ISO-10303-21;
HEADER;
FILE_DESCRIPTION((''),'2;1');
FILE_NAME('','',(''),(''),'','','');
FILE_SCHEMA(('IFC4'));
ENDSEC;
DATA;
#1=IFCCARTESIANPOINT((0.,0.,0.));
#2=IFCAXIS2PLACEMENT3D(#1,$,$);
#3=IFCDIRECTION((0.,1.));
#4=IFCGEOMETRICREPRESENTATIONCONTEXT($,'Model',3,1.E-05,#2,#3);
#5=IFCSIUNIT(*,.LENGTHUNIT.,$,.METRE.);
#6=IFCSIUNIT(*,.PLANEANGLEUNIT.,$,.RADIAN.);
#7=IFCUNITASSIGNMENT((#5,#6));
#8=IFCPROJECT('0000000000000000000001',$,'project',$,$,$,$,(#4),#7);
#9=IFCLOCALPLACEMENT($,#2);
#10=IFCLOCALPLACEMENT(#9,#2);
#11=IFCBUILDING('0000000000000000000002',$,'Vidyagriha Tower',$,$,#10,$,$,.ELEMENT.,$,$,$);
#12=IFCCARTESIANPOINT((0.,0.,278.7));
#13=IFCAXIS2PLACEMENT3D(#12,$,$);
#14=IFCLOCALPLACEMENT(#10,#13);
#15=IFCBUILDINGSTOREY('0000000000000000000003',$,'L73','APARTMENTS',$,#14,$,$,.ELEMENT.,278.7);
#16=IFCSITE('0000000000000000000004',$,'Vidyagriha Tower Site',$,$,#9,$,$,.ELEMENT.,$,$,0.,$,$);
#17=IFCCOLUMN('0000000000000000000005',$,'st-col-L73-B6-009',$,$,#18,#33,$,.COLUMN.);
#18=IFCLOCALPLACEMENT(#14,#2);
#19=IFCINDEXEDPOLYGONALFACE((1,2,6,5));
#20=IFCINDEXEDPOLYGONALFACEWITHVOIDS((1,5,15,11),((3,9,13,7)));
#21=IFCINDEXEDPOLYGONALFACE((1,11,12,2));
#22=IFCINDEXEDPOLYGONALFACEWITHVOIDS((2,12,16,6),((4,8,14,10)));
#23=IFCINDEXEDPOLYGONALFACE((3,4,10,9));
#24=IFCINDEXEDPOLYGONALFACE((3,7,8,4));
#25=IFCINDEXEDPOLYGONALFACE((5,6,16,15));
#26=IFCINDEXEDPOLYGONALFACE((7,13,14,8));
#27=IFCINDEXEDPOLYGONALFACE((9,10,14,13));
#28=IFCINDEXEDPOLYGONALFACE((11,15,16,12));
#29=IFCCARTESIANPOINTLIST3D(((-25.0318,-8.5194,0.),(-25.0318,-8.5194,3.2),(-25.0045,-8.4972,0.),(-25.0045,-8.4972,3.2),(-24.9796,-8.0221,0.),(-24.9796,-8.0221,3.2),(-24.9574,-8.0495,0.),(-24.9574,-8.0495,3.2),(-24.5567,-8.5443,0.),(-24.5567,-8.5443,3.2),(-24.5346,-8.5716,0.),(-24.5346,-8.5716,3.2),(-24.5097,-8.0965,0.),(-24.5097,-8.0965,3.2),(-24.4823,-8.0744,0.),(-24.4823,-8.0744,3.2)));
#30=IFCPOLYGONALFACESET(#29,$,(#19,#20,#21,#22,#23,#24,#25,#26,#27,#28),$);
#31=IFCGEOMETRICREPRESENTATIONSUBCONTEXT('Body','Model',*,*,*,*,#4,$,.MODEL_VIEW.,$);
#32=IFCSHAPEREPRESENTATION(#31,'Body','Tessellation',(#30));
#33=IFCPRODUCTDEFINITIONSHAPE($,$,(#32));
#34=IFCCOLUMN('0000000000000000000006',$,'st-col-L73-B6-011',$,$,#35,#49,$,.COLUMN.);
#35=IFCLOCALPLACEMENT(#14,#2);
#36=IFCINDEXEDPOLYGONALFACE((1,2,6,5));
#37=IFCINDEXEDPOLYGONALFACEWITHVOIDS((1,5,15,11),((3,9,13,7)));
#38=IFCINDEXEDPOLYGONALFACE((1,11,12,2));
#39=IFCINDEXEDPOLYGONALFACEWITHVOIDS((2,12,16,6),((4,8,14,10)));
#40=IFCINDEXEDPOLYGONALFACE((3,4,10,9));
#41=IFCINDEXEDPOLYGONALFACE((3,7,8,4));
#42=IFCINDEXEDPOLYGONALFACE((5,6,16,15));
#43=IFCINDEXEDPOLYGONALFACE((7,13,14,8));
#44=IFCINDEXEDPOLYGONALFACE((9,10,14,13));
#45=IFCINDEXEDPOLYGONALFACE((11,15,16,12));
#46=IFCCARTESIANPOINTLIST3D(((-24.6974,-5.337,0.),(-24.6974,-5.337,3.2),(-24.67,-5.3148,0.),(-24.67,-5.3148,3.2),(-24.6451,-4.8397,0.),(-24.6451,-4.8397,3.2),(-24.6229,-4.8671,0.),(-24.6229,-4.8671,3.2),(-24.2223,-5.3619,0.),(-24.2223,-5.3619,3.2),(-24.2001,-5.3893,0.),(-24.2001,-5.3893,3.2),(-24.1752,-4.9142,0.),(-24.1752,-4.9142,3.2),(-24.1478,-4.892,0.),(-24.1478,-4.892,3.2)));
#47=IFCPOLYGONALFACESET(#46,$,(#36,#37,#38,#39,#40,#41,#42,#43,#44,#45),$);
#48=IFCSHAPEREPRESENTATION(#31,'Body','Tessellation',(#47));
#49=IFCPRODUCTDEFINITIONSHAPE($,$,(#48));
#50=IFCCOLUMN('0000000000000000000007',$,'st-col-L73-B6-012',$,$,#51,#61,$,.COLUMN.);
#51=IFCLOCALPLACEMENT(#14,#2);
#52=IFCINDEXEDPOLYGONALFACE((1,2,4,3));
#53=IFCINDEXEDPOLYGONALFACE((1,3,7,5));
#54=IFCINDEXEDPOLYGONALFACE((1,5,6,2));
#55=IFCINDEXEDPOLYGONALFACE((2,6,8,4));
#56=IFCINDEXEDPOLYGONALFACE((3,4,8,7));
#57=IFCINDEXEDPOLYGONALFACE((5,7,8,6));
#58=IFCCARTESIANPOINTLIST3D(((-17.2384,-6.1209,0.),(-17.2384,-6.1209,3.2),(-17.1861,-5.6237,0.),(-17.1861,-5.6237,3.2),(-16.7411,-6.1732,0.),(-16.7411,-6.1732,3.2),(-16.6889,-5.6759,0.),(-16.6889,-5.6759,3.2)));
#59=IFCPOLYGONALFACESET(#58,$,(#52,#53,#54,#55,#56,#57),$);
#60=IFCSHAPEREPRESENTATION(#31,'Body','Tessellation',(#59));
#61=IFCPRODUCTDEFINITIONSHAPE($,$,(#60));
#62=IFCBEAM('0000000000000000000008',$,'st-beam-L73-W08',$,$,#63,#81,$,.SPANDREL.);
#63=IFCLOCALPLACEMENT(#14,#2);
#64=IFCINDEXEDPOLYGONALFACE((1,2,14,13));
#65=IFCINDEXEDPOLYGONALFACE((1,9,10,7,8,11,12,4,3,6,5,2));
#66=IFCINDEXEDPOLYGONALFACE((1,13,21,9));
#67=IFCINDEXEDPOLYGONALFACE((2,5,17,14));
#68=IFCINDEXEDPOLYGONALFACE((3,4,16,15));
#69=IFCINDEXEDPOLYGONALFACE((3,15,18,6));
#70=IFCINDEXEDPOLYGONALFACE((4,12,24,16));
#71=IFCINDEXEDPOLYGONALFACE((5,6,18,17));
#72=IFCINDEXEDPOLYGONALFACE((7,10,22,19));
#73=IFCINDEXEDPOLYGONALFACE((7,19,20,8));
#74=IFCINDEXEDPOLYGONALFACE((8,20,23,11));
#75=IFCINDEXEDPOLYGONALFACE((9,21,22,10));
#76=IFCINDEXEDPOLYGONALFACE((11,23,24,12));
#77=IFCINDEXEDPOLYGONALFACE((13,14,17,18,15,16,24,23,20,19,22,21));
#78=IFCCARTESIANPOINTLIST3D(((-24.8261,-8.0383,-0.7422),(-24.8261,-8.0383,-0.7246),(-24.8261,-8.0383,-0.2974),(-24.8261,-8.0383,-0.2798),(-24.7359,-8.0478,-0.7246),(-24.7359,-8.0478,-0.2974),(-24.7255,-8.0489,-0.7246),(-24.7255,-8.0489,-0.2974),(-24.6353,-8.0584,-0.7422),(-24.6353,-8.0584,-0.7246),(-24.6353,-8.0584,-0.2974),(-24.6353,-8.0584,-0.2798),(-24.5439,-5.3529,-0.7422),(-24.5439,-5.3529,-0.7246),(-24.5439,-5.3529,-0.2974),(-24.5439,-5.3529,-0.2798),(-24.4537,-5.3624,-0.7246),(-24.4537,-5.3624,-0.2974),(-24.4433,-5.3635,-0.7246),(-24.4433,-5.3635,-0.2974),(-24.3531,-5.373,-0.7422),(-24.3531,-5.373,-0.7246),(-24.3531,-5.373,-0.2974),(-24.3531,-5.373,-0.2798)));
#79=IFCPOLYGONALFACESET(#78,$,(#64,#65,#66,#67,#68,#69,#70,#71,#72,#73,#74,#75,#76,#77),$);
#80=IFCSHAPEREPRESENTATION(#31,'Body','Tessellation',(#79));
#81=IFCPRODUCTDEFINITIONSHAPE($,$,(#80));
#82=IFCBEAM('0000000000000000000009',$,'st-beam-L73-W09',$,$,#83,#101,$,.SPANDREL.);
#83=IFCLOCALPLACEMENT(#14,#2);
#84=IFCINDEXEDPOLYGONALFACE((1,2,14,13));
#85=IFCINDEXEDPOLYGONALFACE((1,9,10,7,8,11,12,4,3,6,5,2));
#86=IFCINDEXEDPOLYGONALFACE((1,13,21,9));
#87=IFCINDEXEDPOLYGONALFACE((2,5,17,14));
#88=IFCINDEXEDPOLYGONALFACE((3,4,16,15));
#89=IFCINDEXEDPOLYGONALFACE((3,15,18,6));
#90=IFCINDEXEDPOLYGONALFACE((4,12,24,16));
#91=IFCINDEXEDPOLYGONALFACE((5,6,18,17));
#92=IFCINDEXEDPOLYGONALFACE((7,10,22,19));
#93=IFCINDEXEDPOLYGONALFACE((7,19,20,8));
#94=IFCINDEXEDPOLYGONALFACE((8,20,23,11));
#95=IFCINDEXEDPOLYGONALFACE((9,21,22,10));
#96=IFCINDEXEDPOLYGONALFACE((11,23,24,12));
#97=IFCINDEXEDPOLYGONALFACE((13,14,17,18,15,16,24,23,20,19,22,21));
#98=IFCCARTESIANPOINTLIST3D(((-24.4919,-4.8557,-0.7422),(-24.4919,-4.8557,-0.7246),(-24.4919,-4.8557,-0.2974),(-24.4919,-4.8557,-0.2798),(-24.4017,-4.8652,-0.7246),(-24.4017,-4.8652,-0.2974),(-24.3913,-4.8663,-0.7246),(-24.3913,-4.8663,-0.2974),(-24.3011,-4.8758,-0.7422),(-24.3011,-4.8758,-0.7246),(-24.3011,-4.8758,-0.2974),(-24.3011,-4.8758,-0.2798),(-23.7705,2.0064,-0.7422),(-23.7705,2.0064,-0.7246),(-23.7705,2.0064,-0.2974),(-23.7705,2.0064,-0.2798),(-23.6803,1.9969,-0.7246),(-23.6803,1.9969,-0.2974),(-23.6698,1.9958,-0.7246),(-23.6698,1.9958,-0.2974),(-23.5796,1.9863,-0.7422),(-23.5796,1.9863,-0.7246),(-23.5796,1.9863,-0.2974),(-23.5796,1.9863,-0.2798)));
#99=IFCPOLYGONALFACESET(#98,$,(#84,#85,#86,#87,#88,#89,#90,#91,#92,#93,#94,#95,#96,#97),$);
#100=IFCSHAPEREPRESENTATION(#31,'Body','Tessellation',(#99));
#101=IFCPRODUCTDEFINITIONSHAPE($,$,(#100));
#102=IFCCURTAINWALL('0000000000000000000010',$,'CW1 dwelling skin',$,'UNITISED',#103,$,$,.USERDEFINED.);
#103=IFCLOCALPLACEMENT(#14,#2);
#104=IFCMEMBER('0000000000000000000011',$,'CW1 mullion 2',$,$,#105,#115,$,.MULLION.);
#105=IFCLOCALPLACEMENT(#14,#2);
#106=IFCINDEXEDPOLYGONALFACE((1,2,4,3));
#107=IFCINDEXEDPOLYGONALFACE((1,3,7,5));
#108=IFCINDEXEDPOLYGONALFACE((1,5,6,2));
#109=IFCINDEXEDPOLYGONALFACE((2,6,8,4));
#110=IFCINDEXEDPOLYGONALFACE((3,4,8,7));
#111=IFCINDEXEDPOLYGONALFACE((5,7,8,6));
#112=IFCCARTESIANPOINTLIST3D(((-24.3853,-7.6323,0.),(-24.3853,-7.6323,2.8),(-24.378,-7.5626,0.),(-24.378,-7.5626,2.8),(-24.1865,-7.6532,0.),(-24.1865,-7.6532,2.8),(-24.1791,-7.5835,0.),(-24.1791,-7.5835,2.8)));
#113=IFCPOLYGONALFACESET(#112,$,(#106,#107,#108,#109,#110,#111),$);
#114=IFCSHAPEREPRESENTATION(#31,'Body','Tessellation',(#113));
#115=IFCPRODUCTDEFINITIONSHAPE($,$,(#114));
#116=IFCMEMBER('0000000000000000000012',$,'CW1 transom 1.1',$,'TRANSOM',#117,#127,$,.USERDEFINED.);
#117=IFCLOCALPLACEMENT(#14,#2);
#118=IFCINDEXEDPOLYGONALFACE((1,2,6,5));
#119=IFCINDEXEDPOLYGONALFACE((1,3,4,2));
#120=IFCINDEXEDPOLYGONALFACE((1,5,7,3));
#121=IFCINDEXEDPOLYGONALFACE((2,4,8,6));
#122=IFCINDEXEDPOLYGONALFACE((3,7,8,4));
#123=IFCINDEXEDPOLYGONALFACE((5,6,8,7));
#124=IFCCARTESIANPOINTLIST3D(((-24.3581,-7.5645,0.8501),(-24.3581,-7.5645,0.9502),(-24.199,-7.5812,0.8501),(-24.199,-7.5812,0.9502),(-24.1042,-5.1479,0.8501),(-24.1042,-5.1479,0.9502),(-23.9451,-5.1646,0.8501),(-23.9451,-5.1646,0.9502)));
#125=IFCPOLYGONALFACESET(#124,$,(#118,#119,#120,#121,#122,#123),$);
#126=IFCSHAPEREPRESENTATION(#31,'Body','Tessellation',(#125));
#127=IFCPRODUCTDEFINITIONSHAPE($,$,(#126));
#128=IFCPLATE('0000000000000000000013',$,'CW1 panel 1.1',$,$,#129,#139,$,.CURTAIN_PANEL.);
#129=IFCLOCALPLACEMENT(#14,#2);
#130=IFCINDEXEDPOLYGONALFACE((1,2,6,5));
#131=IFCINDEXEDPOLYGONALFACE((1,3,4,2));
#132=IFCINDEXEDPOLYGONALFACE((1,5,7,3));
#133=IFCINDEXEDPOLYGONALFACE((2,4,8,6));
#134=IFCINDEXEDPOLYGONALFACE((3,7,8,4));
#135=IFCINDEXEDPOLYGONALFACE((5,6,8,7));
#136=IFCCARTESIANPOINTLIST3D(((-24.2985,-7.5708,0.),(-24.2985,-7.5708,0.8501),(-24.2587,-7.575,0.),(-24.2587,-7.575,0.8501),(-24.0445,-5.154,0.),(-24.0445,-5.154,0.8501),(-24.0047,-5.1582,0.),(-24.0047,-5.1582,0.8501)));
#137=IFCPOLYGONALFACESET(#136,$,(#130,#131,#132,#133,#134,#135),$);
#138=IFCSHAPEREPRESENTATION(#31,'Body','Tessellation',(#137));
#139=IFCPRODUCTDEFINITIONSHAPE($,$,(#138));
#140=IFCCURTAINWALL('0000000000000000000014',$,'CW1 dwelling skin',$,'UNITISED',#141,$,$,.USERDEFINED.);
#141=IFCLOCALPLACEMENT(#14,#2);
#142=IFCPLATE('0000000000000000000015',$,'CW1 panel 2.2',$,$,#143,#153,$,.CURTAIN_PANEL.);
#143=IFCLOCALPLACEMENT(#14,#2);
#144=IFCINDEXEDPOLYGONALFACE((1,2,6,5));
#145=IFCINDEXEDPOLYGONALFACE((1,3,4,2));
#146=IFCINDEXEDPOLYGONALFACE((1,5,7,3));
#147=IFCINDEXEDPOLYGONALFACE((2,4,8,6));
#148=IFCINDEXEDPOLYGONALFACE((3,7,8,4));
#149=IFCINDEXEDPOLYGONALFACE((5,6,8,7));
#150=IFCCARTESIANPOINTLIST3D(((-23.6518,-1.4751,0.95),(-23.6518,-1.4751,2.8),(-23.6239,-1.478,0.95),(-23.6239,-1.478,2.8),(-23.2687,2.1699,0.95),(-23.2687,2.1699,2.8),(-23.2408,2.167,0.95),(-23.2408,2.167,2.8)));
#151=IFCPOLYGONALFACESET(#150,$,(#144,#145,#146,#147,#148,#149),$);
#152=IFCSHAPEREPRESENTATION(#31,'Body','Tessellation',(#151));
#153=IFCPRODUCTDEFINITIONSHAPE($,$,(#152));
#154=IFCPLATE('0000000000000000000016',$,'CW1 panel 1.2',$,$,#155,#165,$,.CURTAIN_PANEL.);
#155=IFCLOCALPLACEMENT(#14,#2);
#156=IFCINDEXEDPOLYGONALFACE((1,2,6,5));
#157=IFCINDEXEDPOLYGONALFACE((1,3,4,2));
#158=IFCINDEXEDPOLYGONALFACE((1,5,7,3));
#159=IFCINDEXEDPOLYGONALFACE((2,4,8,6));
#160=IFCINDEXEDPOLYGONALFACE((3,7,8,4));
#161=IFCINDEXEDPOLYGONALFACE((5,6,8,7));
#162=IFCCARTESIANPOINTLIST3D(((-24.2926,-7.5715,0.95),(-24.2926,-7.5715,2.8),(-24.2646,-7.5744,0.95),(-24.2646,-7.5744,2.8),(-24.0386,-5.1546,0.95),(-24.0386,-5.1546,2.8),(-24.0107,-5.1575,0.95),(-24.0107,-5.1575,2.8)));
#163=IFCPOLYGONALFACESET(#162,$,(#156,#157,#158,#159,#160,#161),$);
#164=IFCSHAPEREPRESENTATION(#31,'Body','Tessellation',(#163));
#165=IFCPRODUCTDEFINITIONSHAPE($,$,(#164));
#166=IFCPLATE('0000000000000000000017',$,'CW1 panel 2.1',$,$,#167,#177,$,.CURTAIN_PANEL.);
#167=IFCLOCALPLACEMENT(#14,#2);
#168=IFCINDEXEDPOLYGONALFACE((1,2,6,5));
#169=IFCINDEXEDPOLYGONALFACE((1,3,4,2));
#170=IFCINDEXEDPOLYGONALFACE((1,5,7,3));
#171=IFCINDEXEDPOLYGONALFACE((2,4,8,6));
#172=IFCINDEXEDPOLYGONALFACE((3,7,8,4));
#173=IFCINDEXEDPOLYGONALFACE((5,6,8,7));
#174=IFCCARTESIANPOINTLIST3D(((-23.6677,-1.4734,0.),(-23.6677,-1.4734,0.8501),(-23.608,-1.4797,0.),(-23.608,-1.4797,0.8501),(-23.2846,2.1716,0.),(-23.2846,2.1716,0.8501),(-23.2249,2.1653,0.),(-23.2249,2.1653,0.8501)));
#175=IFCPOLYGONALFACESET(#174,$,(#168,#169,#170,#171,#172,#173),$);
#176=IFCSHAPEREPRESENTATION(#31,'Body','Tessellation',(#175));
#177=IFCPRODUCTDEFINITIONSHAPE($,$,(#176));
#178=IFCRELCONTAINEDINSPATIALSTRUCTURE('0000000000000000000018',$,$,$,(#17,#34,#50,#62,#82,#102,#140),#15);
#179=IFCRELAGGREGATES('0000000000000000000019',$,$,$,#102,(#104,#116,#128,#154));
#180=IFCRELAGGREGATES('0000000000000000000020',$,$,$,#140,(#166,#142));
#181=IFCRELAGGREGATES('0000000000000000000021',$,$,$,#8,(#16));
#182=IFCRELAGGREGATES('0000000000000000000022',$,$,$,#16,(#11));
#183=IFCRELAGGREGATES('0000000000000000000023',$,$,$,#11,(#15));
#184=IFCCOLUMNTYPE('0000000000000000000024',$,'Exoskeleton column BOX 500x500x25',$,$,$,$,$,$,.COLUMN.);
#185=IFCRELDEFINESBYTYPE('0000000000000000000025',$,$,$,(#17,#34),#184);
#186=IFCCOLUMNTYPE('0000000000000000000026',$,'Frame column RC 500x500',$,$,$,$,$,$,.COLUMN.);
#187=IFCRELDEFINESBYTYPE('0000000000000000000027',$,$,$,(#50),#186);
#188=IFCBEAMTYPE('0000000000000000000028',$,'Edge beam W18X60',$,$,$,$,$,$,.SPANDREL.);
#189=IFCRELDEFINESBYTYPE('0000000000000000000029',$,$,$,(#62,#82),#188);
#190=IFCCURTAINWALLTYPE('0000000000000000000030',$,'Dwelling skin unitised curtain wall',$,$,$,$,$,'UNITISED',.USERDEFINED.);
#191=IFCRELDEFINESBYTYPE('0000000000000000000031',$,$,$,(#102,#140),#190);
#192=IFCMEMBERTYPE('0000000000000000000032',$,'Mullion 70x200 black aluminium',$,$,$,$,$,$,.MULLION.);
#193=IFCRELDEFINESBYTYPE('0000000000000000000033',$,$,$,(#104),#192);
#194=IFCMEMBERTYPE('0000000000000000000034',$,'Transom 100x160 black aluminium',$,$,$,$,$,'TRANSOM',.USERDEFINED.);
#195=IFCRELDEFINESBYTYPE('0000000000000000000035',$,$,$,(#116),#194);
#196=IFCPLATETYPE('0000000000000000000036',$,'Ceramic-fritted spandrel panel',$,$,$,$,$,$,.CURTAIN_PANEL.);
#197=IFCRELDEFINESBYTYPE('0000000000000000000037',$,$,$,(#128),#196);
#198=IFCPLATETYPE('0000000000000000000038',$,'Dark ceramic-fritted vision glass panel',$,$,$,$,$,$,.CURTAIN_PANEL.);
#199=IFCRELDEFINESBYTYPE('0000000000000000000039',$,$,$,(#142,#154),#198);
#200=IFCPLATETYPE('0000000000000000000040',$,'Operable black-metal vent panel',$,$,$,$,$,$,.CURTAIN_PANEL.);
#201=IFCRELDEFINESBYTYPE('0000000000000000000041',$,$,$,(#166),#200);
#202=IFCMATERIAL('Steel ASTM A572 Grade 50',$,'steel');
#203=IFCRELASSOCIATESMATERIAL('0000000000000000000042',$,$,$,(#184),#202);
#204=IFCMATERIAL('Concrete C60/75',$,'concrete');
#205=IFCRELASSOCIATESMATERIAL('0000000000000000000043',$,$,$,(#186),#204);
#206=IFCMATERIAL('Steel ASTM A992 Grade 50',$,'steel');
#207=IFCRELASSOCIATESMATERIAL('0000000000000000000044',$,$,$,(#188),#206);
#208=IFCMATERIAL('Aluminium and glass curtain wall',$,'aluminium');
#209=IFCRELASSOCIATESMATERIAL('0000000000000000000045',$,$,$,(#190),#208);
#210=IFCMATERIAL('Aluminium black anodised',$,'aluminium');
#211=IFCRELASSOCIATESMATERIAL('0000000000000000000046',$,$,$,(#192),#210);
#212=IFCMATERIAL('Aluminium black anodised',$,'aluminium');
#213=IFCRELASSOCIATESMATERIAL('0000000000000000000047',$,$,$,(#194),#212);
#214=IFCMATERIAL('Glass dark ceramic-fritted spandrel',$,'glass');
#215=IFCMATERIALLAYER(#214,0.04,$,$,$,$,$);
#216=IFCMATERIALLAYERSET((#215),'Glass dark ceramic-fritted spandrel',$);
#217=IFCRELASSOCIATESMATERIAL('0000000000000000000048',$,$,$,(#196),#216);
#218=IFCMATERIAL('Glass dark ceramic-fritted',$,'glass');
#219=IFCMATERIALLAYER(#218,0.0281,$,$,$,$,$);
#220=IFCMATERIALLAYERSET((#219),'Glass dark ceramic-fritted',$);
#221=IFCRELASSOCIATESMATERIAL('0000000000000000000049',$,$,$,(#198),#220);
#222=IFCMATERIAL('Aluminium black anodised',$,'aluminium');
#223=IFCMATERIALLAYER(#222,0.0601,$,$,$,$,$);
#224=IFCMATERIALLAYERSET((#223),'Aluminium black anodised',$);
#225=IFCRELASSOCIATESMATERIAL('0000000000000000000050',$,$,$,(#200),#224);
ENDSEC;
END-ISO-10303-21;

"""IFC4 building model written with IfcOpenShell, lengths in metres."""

from ifc_helpers import new_model, si_unit, direction, frame, origin, origin_2d, place, context, subcontext, project, spatial, rectangle, hollow_rectangle, i_section, extrude, material, layer, layer_set, material_profile, profile_set, type_object, element, aggregate, save


model = new_model("IFC4")

# Units and contexts
model_context = context("Model", 3, precision=1e-05, world=origin(), true_north=direction((0.0, 1.0)))
body_context = subcontext(model_context, "Body", "Model", "MODEL_VIEW")
ifc_project = project(units=[si_unit("LENGTHUNIT", "METRE"), si_unit("PLANEANGLEUNIT", "RADIAN")], contexts=[model_context])

# Site, building, storey
site_placement = place(None, origin())
site = spatial("IfcSite", under=ifc_project, at=site_placement, Name="Vidyagriha Tower Site", CompositionType="ELEMENT", RefElevation=0.0)
building_placement = place(site_placement, origin())
building = spatial("IfcBuilding", under=site, at=building_placement, Name="Vidyagriha Tower", CompositionType="ELEMENT")
storey_placement = place(building_placement, frame((0.0, 0.0, 278.7)))
storey = spatial("IfcBuildingStorey", under=building, at=storey_placement, Name="L73", Description="APARTMENTS", CompositionType="ELEMENT", Elevation=278.7)

# Columns
ifc_material_1 = material(Name="Steel ASTM A572 Grade 50", Category="steel")
ifc_material_profile_1 = material_profile(ifc_material_1, hollow_rectangle(XDim=0.5, YDim=0.5, WallThickness=0.0249, at=origin_2d()), Name="BOX 500x500x25")
ifc_profile_set_1 = profile_set([ifc_material_profile_1], Name="Steel ASTM A572 Grade 50")
column_type_1 = type_object("IfcColumnType", Name="Exoskeleton column BOX 500x500x25", PredefinedType="COLUMN", material=ifc_profile_set_1)
for number, where, z_axis, x_axis, name in (
    (1, (-24.7571, -8.2969, 0.0), (0.0, 0.0, 1.0), (0.994522, -0.104528, 0.0), "st-col-L73-B6-009"),
    (2, (-24.4226, -5.1145, 0.0), (0.0, 0.0, 1.0), (0.994522, -0.104528, 0.0), "st-col-L73-B6-011"),
):
    element("IfcColumn", number, at=place(storey_placement, frame(where, z_axis=z_axis, x_axis=x_axis)), inside=storey, type_object=column_type_1, Name=name, PredefinedType="COLUMN", context=body_context, shape_type="SweptSolid", body=[
        extrude(hollow_rectangle(XDim=0.5, YDim=0.5, WallThickness=0.0249, at=origin_2d()), origin(), (0.0, 0.0, 1.0), 3.2),
    ])
ifc_material_2 = material(Name="Concrete C60/75", Category="concrete")
ifc_material_profile_2 = material_profile(ifc_material_2, rectangle(XDim=0.5, YDim=0.5, at=origin_2d()), Name="RC 500x500")
ifc_profile_set_2 = profile_set([ifc_material_profile_2], Name="Concrete C60/75")
column_type_2 = type_object("IfcColumnType", Name="Frame column RC 500x500", PredefinedType="COLUMN", material=ifc_profile_set_2)
column_placement = place(storey_placement, frame((-16.9636, -5.8984, 0.0), z_axis=(0.0, 0.0, 1.0), x_axis=(0.994522, -0.104528, 0.0)))
element("IfcColumn", 3, at=column_placement, inside=storey, type_object=column_type_2, Name="st-col-L73-B6-012", PredefinedType="COLUMN", context=body_context, shape_type="SweptSolid", body=[
    extrude(rectangle(XDim=0.5, YDim=0.5, at=origin_2d()), origin(), (0.0, 0.0, 1.0), 3.2),
])

# Beams
ifc_material_3 = material(Name="Steel ASTM A992 Grade 50", Category="steel")
ifc_material_profile_3 = material_profile(ifc_material_3, i_section(OverallWidth=0.1919, OverallDepth=0.4624, WebThickness=0.0105, FlangeThickness=0.0176, at=origin_2d()), Name="W18X60")
ifc_profile_set_3 = profile_set([ifc_material_profile_3], Name="Steel ASTM A992 Grade 50")
beam_type = type_object("IfcBeamType", Name="Edge beam W18X60", PredefinedType="SPANDREL", material=ifc_profile_set_3)
beam_1_placement = place(storey_placement, frame((-24.7307, -8.0483, -0.511), z_axis=(0.104525, 0.994522, 0.0), x_axis=(-0.994522, 0.104525, 0.0)))
element("IfcBeam", 4, at=beam_1_placement, inside=storey, type_object=beam_type, Name="st-beam-L73-W08", PredefinedType="SPANDREL", context=body_context, shape_type="SweptSolid", body=[
    extrude(i_section(OverallWidth=0.1919, OverallDepth=0.4624, WebThickness=0.0105, FlangeThickness=0.0176, at=origin_2d()), origin(), (0.0, 0.0, 1.0), 2.7002),
])
beam_2_placement = place(storey_placement, frame((-24.3965, -4.8657, -0.511), z_axis=(0.104558, 0.994519, 0.0), x_axis=(-0.994519, 0.104558, 0.0)))
element("IfcBeam", 5, at=beam_2_placement, inside=storey, type_object=beam_type, Name="st-beam-L73-W09", PredefinedType="SPANDREL", context=body_context, shape_type="SweptSolid", body=[
    extrude(i_section(OverallWidth=0.1919, OverallDepth=0.4624, WebThickness=0.0105, FlangeThickness=0.0176, at=origin_2d()), origin(), (0.0, 0.0, 1.0), 6.8999),
])

# Curtain wall, members, plate
ifc_material_4 = material(Name="Aluminium and glass curtain wall", Category="aluminium")
curtain_wall_type = type_object("IfcCurtainWallType", Name="Dwelling skin unitised curtain wall", ElementType="UNITISED", PredefinedType="USERDEFINED", material=ifc_material_4)
curtain_wall_1_placement = place(storey_placement, origin())
curtain_wall_1 = element("IfcCurtainWall", 6, at=curtain_wall_1_placement, inside=storey, type_object=curtain_wall_type, Name="CW1 dwelling skin", ObjectType="UNITISED", PredefinedType="USERDEFINED")
ifc_material_5 = material(Name="Aluminium black anodised", Category="aluminium")
ifc_material_profile_4 = material_profile(ifc_material_5, rectangle(XDim=0.2, YDim=0.0701, at=origin_2d()), Name="Mullion 70x200 black aluminium")
ifc_profile_set_4 = profile_set([ifc_material_profile_4], Name="Aluminium black anodised")
member_type_1 = type_object("IfcMemberType", Name="Mullion 70x200 black aluminium", PredefinedType="MULLION", material=ifc_profile_set_4)
member_1_placement = place(storey_placement, frame((-24.2822, -7.6079, 0.0), z_axis=(0.0, 0.0, 1.0), x_axis=(0.994523, -0.104516, 0.0)))
member_1 = element("IfcMember", 7, at=member_1_placement, type_object=member_type_1, Name="CW1 mullion 2", PredefinedType="MULLION", context=body_context, shape_type="SweptSolid", body=[
    extrude(rectangle(XDim=0.2, YDim=0.0701, at=origin_2d()), origin(), (0.0, 0.0, 1.0), 2.8),
])
ifc_material_6 = material(Name="Aluminium black anodised", Category="aluminium")
ifc_material_profile_5 = material_profile(ifc_material_6, rectangle(XDim=0.1599, YDim=0.1001, at=origin_2d()), Name="Transom 100x160 black aluminium")
ifc_profile_set_5 = profile_set([ifc_material_profile_5], Name="Aluminium black anodised")
member_type_2 = type_object("IfcMemberType", Name="Transom 100x160 black aluminium", ElementType="TRANSOM", PredefinedType="USERDEFINED", material=ifc_profile_set_5)
member_2_placement = place(storey_placement, frame((-24.0247, -5.1562, 0.9001), z_axis=(-0.104486, -0.994526, 0.0), x_axis=(0.994526, -0.104486, 0.0)))
member_2 = element("IfcMember", 8, at=member_2_placement, type_object=member_type_2, Name="CW1 transom 1.1", ObjectType="TRANSOM", PredefinedType="USERDEFINED", context=body_context, shape_type="SweptSolid", body=[
    extrude(rectangle(XDim=0.1599, YDim=0.1001, at=origin_2d()), origin(), (0.0, 0.0, 1.0), 2.4299),
])
ifc_material_7 = material(Name="Glass dark ceramic-fritted spandrel", Category="glass")
ifc_layer_1 = layer(ifc_material_7, 0.04)
ifc_layer_set_1 = layer_set([ifc_layer_1], Name="Glass dark ceramic-fritted spandrel")
plate_type_1 = type_object("IfcPlateType", Name="Ceramic-fritted spandrel panel", PredefinedType="CURTAIN_PANEL", material=ifc_layer_set_1)
plate_1_placement = place(storey_placement, frame((-24.1516, -6.3645, 0.0), z_axis=(0.0, 0.0, 1.0), x_axis=(-0.104516, -0.994523, 0.0)))
plate_1 = element("IfcPlate", 9, at=plate_1_placement, type_object=plate_type_1, Name="CW1 panel 1.1", PredefinedType="CURTAIN_PANEL", context=body_context, shape_type="SweptSolid", body=[
    extrude(rectangle(XDim=2.4302, YDim=0.04, at=origin_2d()), origin(), (0.0, 0.0, 1.0), 0.8501),
])

# Curtain wall, plate
curtain_wall_2_placement = place(storey_placement, origin())
curtain_wall_2 = element("IfcCurtainWall", 10, at=curtain_wall_2_placement, inside=storey, type_object=curtain_wall_type, Name="CW1 dwelling skin", ObjectType="UNITISED", PredefinedType="USERDEFINED")
ifc_material_8 = material(Name="Glass dark ceramic-fritted", Category="glass")
ifc_layer_2 = layer(ifc_material_8, 0.0281)
ifc_layer_set_2 = layer_set([ifc_layer_2], Name="Glass dark ceramic-fritted")
plate_type_2 = type_object("IfcPlateType", Name="Dark ceramic-fritted vision glass panel", PredefinedType="CURTAIN_PANEL", material=ifc_layer_set_2)
plate_2_placement = place(storey_placement, frame((-23.4463, 0.3459, 0.95), z_axis=(0.0, 0.0, 1.0), x_axis=(-0.104533, -0.994521, 0.0)))
plate_2 = element("IfcPlate", 11, at=plate_2_placement, type_object=plate_type_2, Name="CW1 panel 2.2", PredefinedType="CURTAIN_PANEL", context=body_context, shape_type="SweptSolid", body=[
    extrude(rectangle(XDim=3.665, YDim=0.0281, at=origin_2d()), origin(), (0.0, 0.0, 1.0), 1.8501),
])

# Plates
plate_3_placement = place(storey_placement, frame((-24.1516, -6.3645, 0.95), z_axis=(0.0, 0.0, 1.0), x_axis=(-0.104516, -0.994523, 0.0)))
plate_3 = element("IfcPlate", 12, at=plate_3_placement, type_object=plate_type_2, Name="CW1 panel 1.2", PredefinedType="CURTAIN_PANEL", context=body_context, shape_type="SweptSolid", body=[
    extrude(rectangle(XDim=2.4302, YDim=0.0281, at=origin_2d()), origin(), (0.0, 0.0, 1.0), 1.8501),
])
aggregate(curtain_wall_1, [member_1, member_2, plate_1, plate_3])
ifc_material_9 = material(Name="Aluminium black anodised", Category="aluminium")
ifc_layer_3 = layer(ifc_material_9, 0.0601)
ifc_layer_set_3 = layer_set([ifc_layer_3], Name="Aluminium black anodised")
plate_type_3 = type_object("IfcPlateType", Name="Operable black-metal vent panel", PredefinedType="CURTAIN_PANEL", material=ifc_layer_set_3)
plate_4_placement = place(storey_placement, frame((-23.4463, 0.3459, 0.0), z_axis=(0.0, 0.0, 1.0), x_axis=(-0.104533, -0.994521, 0.0)))
plate_4 = element("IfcPlate", 13, at=plate_4_placement, type_object=plate_type_3, Name="CW1 panel 2.1", PredefinedType="CURTAIN_PANEL", context=body_context, shape_type="SweptSolid", body=[
    extrude(rectangle(XDim=3.665, YDim=0.0601, at=origin_2d()), origin(), (0.0, 0.0, 1.0), 0.8501),
])
aggregate(curtain_wall_2, [plate_4, plate_2])

save(model, "model.ifc")
